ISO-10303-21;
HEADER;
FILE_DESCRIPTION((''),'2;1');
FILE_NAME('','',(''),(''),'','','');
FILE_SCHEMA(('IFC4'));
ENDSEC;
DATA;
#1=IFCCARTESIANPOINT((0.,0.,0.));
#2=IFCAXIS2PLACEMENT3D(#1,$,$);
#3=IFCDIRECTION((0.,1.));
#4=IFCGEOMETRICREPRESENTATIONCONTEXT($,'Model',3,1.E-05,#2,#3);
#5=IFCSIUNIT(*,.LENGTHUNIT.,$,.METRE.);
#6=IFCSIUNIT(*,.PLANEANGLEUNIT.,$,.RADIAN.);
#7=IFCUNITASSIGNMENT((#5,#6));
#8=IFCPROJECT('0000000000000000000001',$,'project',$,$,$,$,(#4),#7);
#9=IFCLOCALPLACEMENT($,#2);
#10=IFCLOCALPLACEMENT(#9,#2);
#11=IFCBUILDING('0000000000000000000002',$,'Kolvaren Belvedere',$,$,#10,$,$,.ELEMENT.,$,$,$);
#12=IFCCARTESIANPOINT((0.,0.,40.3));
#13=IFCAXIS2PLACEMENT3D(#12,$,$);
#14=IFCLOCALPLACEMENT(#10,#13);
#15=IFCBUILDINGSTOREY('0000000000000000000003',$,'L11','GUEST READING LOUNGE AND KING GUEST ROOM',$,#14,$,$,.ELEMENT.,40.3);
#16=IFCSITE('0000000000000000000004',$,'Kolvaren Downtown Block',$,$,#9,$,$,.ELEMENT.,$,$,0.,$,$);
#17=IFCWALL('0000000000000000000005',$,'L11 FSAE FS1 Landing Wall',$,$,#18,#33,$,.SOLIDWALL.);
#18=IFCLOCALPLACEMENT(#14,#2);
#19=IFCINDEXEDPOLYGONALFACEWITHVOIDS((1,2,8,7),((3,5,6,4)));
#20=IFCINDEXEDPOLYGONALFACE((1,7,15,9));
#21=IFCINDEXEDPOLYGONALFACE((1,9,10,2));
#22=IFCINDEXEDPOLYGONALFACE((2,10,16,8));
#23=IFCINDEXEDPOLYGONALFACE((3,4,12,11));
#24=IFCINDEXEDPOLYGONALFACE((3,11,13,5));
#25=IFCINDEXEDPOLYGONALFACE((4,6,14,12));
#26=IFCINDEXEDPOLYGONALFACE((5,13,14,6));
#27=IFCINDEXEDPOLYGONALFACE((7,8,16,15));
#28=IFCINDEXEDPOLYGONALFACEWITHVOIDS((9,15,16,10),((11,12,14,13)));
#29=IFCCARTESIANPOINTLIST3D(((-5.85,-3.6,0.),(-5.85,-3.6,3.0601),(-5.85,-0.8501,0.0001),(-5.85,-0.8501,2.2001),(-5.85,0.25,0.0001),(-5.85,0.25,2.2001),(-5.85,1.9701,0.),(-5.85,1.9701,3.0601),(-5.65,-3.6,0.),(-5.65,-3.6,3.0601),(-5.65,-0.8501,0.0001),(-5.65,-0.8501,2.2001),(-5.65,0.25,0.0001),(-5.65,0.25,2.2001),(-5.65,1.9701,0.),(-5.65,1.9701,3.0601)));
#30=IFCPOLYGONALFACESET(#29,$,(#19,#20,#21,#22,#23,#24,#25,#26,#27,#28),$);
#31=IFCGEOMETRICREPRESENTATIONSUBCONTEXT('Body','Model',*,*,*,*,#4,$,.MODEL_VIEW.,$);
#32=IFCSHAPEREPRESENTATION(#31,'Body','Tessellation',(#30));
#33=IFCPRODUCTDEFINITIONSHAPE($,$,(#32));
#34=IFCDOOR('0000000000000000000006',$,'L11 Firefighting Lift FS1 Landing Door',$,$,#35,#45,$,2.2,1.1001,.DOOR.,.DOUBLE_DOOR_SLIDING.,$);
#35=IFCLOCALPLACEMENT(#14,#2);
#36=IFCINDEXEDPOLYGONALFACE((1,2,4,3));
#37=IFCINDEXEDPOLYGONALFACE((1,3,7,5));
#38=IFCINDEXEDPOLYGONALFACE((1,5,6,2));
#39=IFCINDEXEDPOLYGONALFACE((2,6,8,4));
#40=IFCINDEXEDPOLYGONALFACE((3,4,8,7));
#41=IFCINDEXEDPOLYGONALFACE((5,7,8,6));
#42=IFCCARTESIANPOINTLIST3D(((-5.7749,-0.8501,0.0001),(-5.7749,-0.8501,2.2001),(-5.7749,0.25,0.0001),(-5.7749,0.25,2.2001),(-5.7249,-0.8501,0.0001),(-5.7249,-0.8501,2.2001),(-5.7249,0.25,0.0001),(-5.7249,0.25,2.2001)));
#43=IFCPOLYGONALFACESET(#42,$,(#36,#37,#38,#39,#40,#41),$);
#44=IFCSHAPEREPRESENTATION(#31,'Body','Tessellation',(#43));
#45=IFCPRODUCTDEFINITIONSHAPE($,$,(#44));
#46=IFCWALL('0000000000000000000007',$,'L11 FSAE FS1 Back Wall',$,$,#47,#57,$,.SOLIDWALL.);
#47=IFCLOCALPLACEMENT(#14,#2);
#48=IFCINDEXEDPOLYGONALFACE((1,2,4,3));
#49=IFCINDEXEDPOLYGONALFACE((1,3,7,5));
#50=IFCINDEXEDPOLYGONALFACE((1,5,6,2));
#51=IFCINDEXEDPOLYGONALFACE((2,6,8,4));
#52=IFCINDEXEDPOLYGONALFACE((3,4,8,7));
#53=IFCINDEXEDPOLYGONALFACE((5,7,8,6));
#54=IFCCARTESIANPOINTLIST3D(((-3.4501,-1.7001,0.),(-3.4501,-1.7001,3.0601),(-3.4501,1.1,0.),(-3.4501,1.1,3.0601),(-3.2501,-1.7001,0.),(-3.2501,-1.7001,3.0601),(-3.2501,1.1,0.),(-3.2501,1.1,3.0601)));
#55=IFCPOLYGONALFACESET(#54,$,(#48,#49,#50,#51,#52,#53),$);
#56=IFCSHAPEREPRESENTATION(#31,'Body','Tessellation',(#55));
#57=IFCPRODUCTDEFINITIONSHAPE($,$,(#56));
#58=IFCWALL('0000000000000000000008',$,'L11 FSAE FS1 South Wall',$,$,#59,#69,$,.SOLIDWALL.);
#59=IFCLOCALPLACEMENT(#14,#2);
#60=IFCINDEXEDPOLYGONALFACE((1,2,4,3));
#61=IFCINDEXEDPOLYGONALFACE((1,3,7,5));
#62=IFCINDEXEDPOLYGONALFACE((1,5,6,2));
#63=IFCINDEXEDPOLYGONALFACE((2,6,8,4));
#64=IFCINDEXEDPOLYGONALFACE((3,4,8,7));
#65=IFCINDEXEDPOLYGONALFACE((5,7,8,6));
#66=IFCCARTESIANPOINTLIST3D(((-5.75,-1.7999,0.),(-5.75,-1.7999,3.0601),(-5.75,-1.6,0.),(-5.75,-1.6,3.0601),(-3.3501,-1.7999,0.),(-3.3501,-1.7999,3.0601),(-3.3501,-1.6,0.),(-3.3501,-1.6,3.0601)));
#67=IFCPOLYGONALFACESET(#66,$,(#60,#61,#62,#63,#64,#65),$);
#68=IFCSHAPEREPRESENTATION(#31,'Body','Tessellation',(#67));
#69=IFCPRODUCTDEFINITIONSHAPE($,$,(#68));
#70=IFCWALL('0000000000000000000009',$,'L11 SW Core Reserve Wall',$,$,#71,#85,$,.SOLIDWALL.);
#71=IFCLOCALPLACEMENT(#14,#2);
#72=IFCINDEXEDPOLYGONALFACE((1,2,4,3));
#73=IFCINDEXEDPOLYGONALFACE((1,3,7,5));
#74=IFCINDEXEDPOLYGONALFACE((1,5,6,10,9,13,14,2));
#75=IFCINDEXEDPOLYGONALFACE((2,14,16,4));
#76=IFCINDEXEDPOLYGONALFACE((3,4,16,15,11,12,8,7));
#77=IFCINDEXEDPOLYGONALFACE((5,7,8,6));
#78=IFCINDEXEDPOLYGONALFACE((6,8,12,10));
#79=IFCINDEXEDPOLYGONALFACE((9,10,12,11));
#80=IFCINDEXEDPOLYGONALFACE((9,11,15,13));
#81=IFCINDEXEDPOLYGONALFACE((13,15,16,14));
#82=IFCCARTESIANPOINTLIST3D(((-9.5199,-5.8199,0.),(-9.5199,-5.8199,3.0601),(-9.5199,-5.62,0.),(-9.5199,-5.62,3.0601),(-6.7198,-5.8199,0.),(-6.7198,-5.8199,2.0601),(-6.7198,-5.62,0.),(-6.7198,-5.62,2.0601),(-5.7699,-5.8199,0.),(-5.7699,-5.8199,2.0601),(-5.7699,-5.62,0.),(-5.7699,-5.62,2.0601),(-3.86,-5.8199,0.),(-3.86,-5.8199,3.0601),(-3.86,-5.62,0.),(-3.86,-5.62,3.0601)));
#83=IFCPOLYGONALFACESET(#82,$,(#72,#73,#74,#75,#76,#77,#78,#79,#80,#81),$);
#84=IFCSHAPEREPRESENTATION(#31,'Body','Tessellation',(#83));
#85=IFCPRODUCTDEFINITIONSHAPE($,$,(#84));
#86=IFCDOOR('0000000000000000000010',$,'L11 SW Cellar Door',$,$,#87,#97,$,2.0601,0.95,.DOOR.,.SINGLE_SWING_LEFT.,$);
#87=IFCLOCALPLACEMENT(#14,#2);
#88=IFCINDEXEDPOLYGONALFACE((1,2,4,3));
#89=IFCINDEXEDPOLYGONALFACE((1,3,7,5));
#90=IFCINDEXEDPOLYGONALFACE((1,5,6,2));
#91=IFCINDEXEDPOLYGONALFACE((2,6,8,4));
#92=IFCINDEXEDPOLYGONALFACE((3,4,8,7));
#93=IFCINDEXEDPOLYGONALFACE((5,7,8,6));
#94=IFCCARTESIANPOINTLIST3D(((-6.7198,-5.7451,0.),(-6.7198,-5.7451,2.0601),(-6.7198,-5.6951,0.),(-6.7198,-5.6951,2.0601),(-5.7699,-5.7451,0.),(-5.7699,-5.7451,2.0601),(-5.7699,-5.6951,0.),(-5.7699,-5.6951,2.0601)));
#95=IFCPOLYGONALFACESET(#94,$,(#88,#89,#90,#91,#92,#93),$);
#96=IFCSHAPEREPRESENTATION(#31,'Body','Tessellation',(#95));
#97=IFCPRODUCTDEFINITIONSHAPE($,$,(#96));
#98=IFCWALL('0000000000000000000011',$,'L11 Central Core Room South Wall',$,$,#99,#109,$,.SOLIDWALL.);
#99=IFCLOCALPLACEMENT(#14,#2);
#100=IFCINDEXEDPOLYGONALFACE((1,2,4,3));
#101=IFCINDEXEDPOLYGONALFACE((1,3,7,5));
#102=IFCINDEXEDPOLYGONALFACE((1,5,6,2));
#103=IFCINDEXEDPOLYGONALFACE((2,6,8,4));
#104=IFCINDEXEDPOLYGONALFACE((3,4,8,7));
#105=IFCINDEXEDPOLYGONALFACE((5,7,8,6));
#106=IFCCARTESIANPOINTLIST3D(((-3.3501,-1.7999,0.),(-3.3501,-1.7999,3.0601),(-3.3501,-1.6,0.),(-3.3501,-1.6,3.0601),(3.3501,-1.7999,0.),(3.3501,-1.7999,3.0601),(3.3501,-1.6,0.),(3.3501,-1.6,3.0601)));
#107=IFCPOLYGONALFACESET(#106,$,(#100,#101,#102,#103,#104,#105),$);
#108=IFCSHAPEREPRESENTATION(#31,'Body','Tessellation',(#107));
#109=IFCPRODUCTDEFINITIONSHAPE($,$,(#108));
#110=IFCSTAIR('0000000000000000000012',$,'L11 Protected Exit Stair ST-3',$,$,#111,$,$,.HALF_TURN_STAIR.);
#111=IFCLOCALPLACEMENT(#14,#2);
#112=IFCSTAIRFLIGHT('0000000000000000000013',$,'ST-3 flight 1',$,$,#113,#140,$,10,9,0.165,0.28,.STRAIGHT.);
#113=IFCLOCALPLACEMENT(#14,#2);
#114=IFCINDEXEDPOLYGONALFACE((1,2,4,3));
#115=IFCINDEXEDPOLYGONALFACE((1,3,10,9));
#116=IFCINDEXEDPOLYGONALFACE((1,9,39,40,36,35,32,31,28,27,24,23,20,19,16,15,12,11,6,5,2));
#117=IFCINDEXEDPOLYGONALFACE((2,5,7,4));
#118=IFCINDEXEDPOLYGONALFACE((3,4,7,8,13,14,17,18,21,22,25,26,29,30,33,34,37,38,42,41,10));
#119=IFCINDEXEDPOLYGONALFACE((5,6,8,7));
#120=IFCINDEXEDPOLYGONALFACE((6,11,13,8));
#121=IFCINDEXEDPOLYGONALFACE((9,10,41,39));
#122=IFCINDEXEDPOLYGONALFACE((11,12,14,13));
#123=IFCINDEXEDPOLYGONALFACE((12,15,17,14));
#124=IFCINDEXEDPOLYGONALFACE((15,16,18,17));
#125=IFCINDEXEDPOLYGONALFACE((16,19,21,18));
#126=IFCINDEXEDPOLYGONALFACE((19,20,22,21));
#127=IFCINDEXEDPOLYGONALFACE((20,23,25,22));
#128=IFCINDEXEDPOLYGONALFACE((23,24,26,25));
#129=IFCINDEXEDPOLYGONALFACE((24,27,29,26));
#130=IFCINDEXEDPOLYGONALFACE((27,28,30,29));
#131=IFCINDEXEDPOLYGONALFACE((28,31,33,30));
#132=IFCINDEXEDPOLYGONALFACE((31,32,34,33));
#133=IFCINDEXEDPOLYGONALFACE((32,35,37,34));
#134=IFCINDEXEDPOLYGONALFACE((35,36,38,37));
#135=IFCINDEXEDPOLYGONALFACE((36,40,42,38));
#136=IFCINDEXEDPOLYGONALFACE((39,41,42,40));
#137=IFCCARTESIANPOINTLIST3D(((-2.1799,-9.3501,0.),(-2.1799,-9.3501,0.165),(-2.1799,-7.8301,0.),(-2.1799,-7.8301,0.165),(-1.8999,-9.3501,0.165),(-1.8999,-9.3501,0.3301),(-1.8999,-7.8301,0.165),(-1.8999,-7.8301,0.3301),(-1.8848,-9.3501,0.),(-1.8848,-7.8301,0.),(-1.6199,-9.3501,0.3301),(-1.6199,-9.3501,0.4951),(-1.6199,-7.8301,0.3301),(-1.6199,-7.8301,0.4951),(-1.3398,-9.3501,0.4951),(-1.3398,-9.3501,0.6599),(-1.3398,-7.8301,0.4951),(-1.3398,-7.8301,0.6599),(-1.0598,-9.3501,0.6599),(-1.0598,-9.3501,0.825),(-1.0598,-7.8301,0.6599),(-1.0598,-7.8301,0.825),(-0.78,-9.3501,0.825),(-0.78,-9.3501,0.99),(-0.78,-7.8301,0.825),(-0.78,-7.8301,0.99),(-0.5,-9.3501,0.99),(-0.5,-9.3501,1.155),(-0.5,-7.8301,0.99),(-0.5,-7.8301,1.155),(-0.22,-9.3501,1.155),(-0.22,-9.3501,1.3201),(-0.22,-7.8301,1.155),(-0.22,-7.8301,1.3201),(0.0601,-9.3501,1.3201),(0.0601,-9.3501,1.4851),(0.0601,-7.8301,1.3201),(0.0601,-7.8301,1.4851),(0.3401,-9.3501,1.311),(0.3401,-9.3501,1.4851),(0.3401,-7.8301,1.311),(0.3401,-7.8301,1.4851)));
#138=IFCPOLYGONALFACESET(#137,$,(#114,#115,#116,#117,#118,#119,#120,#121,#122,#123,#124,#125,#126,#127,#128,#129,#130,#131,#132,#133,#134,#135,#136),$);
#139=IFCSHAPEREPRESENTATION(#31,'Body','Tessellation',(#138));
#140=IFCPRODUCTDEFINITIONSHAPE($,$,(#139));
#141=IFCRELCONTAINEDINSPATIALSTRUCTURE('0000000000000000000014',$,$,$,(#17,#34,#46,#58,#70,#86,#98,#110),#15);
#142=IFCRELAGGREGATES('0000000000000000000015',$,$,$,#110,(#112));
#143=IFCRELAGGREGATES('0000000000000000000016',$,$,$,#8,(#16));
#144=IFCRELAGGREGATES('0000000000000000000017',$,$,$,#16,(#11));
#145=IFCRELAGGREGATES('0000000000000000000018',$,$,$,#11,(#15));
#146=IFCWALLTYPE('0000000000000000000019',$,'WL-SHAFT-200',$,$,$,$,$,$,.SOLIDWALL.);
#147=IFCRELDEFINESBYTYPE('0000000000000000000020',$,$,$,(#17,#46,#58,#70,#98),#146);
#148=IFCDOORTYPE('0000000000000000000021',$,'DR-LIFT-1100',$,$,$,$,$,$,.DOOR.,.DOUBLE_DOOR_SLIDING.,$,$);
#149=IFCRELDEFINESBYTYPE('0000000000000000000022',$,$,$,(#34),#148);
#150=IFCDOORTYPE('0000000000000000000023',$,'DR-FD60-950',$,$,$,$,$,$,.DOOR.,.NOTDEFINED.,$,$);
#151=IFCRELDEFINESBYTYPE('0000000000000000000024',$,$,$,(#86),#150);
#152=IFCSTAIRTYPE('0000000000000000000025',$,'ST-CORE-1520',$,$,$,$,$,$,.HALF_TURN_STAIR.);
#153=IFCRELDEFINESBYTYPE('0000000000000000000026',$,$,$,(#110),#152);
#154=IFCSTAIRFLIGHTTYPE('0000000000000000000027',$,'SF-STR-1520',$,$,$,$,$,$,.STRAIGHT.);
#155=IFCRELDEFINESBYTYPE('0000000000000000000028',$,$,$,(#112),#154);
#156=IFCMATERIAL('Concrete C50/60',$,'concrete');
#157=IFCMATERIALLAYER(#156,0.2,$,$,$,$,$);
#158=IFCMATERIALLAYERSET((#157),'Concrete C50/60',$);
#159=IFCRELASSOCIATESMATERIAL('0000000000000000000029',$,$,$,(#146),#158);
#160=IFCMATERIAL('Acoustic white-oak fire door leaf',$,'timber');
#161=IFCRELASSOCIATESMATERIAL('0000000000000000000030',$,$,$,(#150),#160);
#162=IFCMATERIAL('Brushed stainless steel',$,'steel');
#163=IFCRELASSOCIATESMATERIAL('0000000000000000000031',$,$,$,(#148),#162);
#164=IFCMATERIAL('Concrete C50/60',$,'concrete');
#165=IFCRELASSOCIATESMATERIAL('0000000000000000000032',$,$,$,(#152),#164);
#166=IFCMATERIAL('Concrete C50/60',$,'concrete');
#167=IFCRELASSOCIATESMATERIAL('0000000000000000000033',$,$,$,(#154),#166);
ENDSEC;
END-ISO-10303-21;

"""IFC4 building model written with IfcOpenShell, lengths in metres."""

from ifc_helpers import new_model, si_unit, direction, frame, frame_2d, origin, place, context, subcontext, project, spatial, polyline, rectangle, outline, extrude, material, layer, layer_set, type_object, element, fill, aggregate, save


model = new_model("IFC4")

# Units and contexts
model_context = context("Model", 3, precision=1e-05, world=origin(), true_north=direction((0.0, 1.0)))
body_context = subcontext(model_context, "Body", "Model", "MODEL_VIEW")
ifc_project = project(units=[si_unit("LENGTHUNIT", "METRE"), si_unit("PLANEANGLEUNIT", "RADIAN")], contexts=[model_context])

# Site, building, storey
site_placement = place(None, origin())
site = spatial("IfcSite", under=ifc_project, at=site_placement, Name="Kolvaren Downtown Block", CompositionType="ELEMENT", RefElevation=0.0)
building_placement = place(site_placement, origin())
building = spatial("IfcBuilding", under=site, at=building_placement, Name="Kolvaren Belvedere", CompositionType="ELEMENT")
storey_placement = place(building_placement, frame((0.0, 0.0, 40.3)))
storey = spatial("IfcBuildingStorey", under=building, at=storey_placement, Name="L11", Description="GUEST READING LOUNGE AND KING GUEST ROOM", CompositionType="ELEMENT", Elevation=40.3)

# Wall, opening, door
ifc_material_1 = material(Name="Concrete C50/60", Category="concrete")
ifc_layer_1 = layer(ifc_material_1, 0.2)
ifc_layer_set_1 = layer_set([ifc_layer_1], Name="Concrete C50/60")
wall_type_1 = type_object("IfcWallType", Name="WL-SHAFT-200", PredefinedType="SOLIDWALL", material=ifc_layer_set_1)
ifc_material_2 = material(Name="Acoustic white-oak fire door leaf", Category="timber")
door_type_1 = type_object("IfcDoorType", Name="DR-FD60-950", OperationType="NOTDEFINED", PredefinedType="DOOR", material=ifc_material_2)
wall_1_placement = place(storey_placement, frame((-5.75, -3.6001, 0.0), z_axis=(0.0, 0.0, 1.0), x_axis=(0.0, 1.0, 0.0)))
wall_1 = element("IfcWall", 1, at=wall_1_placement, inside=storey, type_object=wall_type_1, Name="L11 FSAE FS1 Landing Wall", PredefinedType="SOLIDWALL", context=body_context, shape_type="SweptSolid", body=[
    extrude(rectangle(XDim=5.5701, YDim=0.2, at=frame_2d((2.7852, 0.0))), origin(), (0.0, 0.0, 1.0), 3.0601),
])
opening_1_placement = place(wall_1_placement, frame((2.75, 0.0, 0.0)))
opening_1 = element("IfcOpeningElement", 2, at=opening_1_placement, cuts=wall_1, PredefinedType="OPENING", context=body_context, shape_type="SweptSolid", body=[
    extrude(rectangle(XDim=1.1001, YDim=2.2, at=frame_2d((0.55, 1.1001))), frame((0.0, 0.1099, 0.0), z_axis=(0.0, -1.0, 0.0), x_axis=(1.0, 0.0, 0.0)), (0.0, 0.0, 1.0), 0.22),
])
ifc_material_3 = material(Name="Brushed stainless steel", Category="steel")
door_type_2 = type_object("IfcDoorType", Name="DR-LIFT-1100", OperationType="DOUBLE_DOOR_SLIDING", PredefinedType="DOOR", material=ifc_material_3)
door_1_placement = place(opening_1_placement, origin())
door_1 = element("IfcDoor", 3, at=door_1_placement, inside=storey, type_object=door_type_2, Name="L11 Firefighting Lift FS1 Landing Door", OperationType="DOUBLE_DOOR_SLIDING", OverallHeight=2.2, OverallWidth=1.1001, PredefinedType="DOOR", context=body_context, shape_type="SweptSolid", body=[
    extrude(rectangle(XDim=1.1001, YDim=2.2, at=frame_2d((0.55, 1.1001))), frame((0.0, 0.0249, 0.0), z_axis=(0.0, -1.0, 0.0), x_axis=(1.0, 0.0, 0.0)), (0.0, 0.0, 1.0), 0.05),
])
fill(opening_1, door_1)

# Walls
wall_2_placement = place(storey_placement, frame((-3.3501, -1.7, 0.0), z_axis=(0.0, 0.0, 1.0), x_axis=(0.0, 1.0, 0.0)))
element("IfcWall", 4, at=wall_2_placement, inside=storey, type_object=wall_type_1, Name="L11 FSAE FS1 Back Wall", PredefinedType="SOLIDWALL", context=body_context, shape_type="SweptSolid", body=[
    extrude(rectangle(XDim=2.8, YDim=0.2, at=frame_2d((1.3999, 0.0))), origin(), (0.0, 0.0, 1.0), 3.0601),
])
wall_3_placement = place(storey_placement, frame((-5.75, -1.7, 0.0), z_axis=(0.0, 0.0, 1.0), x_axis=(1.0, 0.0, 0.0)))
element("IfcWall", 5, at=wall_3_placement, inside=storey, type_object=wall_type_1, Name="L11 FSAE FS1 South Wall", PredefinedType="SOLIDWALL", context=body_context, shape_type="SweptSolid", body=[
    extrude(rectangle(XDim=2.3999, YDim=0.2, at=frame_2d((1.2, 0.0))), origin(), (0.0, 0.0, 1.0), 3.0601),
])

# Wall, opening, door
wall_4_placement = place(storey_placement, frame((-9.52, -5.72, 0.0), z_axis=(0.0, 0.0, 1.0), x_axis=(1.0, 0.0, 0.0)))
wall_4 = element("IfcWall", 6, at=wall_4_placement, inside=storey, type_object=wall_type_1, Name="L11 SW Core Reserve Wall", PredefinedType="SOLIDWALL", context=body_context, shape_type="SweptSolid", body=[
    extrude(rectangle(XDim=5.6599, YDim=0.2, at=frame_2d((2.8301, 0.0))), origin(), (0.0, 0.0, 1.0), 3.0601),
])
opening_2_placement = place(wall_4_placement, frame((2.8, 0.0, 0.0)))
opening_2 = element("IfcOpeningElement", 7, at=opening_2_placement, cuts=wall_4, PredefinedType="OPENING", context=body_context, shape_type="SweptSolid", body=[
    extrude(rectangle(XDim=0.95, YDim=2.0601, at=frame_2d((0.4751, 1.03))), frame((0.0, 0.1099, 0.0), z_axis=(0.0, -1.0, 0.0), x_axis=(1.0, 0.0, 0.0)), (0.0, 0.0, 1.0), 0.22),
])
door_2_placement = place(opening_2_placement, origin())
door_2 = element("IfcDoor", 8, at=door_2_placement, inside=storey, type_object=door_type_1, Name="L11 SW Cellar Door", OperationType="SINGLE_SWING_LEFT", OverallHeight=2.0601, OverallWidth=0.95, PredefinedType="DOOR", context=body_context, shape_type="SweptSolid", body=[
    extrude(rectangle(XDim=0.95, YDim=2.0601, at=frame_2d((0.4751, 1.03))), frame((0.0, 0.0249, 0.0), z_axis=(0.0, -1.0, 0.0), x_axis=(1.0, 0.0, 0.0)), (0.0, 0.0, 1.0), 0.05),
])
fill(opening_2, door_2)

# Wall
wall_5_placement = place(storey_placement, frame((-3.3501, -1.7, 0.0), z_axis=(0.0, 0.0, 1.0), x_axis=(1.0, 0.0, 0.0)))
element("IfcWall", 9, at=wall_5_placement, inside=storey, type_object=wall_type_1, Name="L11 Central Core Room South Wall", PredefinedType="SOLIDWALL", context=body_context, shape_type="SweptSolid", body=[
    extrude(rectangle(XDim=6.7002, YDim=0.2, at=frame_2d((3.3501, 0.0))), origin(), (0.0, 0.0, 1.0), 3.0601),
])

# Stair, stair flight
ifc_material_4 = material(Name="Concrete C50/60", Category="concrete")
stair_type = type_object("IfcStairType", Name="ST-CORE-1520", PredefinedType="HALF_TURN_STAIR", material=ifc_material_4)
stair_placement = place(storey_placement, origin())
stair = element("IfcStair", 10, at=stair_placement, inside=storey, type_object=stair_type, Name="L11 Protected Exit Stair ST-3", PredefinedType="HALF_TURN_STAIR")
ifc_material_5 = material(Name="Concrete C50/60", Category="concrete")
stair_flight_type = type_object("IfcStairFlightType", Name="SF-STR-1520", PredefinedType="STRAIGHT", material=ifc_material_5)
stair_flight_placement = place(storey_placement, frame((-2.1799, -8.5901, 0.0), z_axis=(0.0, 0.0, 1.0), x_axis=(1.0, 0.0, 0.0)))
stair_flight = element("IfcStairFlight", 11, at=stair_flight_placement, type_object=stair_flight_type, Name="ST-3 flight 1", NumberOfRisers=10, NumberOfTreads=9, PredefinedType="STRAIGHT", RiserHeight=0.165, TreadLength=0.28, context=body_context, shape_type="SweptSolid", body=[
    extrude(outline(polyline([(0.0, 0.0), (0.0, 0.165), (0.28, 0.165), (0.28, 0.3301), (0.5601, 0.3301), (0.5601, 0.4951), (0.8401, 0.4951), (0.8401, 0.6599), (1.1201, 0.6599), (1.1201, 0.825), (1.3999, 0.825), (1.3999, 0.99), (1.6799, 0.99), (1.6799, 1.155), (1.96, 1.155), (1.96, 1.3201), (2.24, 1.3201), (2.24, 1.4851), (2.52, 1.4851), (2.52, 1.6499), (2.52, 1.311), (0.2952, 0.0), (0.0, 0.0)])), frame((0.0, 0.76, 0.0), z_axis=(0.0, -1.0, 0.0), x_axis=(1.0, 0.0, 0.0)), (0.0, 0.0, 1.0), 1.52),
])
aggregate(stair, [stair_flight])

save(model, "model.ifc")
